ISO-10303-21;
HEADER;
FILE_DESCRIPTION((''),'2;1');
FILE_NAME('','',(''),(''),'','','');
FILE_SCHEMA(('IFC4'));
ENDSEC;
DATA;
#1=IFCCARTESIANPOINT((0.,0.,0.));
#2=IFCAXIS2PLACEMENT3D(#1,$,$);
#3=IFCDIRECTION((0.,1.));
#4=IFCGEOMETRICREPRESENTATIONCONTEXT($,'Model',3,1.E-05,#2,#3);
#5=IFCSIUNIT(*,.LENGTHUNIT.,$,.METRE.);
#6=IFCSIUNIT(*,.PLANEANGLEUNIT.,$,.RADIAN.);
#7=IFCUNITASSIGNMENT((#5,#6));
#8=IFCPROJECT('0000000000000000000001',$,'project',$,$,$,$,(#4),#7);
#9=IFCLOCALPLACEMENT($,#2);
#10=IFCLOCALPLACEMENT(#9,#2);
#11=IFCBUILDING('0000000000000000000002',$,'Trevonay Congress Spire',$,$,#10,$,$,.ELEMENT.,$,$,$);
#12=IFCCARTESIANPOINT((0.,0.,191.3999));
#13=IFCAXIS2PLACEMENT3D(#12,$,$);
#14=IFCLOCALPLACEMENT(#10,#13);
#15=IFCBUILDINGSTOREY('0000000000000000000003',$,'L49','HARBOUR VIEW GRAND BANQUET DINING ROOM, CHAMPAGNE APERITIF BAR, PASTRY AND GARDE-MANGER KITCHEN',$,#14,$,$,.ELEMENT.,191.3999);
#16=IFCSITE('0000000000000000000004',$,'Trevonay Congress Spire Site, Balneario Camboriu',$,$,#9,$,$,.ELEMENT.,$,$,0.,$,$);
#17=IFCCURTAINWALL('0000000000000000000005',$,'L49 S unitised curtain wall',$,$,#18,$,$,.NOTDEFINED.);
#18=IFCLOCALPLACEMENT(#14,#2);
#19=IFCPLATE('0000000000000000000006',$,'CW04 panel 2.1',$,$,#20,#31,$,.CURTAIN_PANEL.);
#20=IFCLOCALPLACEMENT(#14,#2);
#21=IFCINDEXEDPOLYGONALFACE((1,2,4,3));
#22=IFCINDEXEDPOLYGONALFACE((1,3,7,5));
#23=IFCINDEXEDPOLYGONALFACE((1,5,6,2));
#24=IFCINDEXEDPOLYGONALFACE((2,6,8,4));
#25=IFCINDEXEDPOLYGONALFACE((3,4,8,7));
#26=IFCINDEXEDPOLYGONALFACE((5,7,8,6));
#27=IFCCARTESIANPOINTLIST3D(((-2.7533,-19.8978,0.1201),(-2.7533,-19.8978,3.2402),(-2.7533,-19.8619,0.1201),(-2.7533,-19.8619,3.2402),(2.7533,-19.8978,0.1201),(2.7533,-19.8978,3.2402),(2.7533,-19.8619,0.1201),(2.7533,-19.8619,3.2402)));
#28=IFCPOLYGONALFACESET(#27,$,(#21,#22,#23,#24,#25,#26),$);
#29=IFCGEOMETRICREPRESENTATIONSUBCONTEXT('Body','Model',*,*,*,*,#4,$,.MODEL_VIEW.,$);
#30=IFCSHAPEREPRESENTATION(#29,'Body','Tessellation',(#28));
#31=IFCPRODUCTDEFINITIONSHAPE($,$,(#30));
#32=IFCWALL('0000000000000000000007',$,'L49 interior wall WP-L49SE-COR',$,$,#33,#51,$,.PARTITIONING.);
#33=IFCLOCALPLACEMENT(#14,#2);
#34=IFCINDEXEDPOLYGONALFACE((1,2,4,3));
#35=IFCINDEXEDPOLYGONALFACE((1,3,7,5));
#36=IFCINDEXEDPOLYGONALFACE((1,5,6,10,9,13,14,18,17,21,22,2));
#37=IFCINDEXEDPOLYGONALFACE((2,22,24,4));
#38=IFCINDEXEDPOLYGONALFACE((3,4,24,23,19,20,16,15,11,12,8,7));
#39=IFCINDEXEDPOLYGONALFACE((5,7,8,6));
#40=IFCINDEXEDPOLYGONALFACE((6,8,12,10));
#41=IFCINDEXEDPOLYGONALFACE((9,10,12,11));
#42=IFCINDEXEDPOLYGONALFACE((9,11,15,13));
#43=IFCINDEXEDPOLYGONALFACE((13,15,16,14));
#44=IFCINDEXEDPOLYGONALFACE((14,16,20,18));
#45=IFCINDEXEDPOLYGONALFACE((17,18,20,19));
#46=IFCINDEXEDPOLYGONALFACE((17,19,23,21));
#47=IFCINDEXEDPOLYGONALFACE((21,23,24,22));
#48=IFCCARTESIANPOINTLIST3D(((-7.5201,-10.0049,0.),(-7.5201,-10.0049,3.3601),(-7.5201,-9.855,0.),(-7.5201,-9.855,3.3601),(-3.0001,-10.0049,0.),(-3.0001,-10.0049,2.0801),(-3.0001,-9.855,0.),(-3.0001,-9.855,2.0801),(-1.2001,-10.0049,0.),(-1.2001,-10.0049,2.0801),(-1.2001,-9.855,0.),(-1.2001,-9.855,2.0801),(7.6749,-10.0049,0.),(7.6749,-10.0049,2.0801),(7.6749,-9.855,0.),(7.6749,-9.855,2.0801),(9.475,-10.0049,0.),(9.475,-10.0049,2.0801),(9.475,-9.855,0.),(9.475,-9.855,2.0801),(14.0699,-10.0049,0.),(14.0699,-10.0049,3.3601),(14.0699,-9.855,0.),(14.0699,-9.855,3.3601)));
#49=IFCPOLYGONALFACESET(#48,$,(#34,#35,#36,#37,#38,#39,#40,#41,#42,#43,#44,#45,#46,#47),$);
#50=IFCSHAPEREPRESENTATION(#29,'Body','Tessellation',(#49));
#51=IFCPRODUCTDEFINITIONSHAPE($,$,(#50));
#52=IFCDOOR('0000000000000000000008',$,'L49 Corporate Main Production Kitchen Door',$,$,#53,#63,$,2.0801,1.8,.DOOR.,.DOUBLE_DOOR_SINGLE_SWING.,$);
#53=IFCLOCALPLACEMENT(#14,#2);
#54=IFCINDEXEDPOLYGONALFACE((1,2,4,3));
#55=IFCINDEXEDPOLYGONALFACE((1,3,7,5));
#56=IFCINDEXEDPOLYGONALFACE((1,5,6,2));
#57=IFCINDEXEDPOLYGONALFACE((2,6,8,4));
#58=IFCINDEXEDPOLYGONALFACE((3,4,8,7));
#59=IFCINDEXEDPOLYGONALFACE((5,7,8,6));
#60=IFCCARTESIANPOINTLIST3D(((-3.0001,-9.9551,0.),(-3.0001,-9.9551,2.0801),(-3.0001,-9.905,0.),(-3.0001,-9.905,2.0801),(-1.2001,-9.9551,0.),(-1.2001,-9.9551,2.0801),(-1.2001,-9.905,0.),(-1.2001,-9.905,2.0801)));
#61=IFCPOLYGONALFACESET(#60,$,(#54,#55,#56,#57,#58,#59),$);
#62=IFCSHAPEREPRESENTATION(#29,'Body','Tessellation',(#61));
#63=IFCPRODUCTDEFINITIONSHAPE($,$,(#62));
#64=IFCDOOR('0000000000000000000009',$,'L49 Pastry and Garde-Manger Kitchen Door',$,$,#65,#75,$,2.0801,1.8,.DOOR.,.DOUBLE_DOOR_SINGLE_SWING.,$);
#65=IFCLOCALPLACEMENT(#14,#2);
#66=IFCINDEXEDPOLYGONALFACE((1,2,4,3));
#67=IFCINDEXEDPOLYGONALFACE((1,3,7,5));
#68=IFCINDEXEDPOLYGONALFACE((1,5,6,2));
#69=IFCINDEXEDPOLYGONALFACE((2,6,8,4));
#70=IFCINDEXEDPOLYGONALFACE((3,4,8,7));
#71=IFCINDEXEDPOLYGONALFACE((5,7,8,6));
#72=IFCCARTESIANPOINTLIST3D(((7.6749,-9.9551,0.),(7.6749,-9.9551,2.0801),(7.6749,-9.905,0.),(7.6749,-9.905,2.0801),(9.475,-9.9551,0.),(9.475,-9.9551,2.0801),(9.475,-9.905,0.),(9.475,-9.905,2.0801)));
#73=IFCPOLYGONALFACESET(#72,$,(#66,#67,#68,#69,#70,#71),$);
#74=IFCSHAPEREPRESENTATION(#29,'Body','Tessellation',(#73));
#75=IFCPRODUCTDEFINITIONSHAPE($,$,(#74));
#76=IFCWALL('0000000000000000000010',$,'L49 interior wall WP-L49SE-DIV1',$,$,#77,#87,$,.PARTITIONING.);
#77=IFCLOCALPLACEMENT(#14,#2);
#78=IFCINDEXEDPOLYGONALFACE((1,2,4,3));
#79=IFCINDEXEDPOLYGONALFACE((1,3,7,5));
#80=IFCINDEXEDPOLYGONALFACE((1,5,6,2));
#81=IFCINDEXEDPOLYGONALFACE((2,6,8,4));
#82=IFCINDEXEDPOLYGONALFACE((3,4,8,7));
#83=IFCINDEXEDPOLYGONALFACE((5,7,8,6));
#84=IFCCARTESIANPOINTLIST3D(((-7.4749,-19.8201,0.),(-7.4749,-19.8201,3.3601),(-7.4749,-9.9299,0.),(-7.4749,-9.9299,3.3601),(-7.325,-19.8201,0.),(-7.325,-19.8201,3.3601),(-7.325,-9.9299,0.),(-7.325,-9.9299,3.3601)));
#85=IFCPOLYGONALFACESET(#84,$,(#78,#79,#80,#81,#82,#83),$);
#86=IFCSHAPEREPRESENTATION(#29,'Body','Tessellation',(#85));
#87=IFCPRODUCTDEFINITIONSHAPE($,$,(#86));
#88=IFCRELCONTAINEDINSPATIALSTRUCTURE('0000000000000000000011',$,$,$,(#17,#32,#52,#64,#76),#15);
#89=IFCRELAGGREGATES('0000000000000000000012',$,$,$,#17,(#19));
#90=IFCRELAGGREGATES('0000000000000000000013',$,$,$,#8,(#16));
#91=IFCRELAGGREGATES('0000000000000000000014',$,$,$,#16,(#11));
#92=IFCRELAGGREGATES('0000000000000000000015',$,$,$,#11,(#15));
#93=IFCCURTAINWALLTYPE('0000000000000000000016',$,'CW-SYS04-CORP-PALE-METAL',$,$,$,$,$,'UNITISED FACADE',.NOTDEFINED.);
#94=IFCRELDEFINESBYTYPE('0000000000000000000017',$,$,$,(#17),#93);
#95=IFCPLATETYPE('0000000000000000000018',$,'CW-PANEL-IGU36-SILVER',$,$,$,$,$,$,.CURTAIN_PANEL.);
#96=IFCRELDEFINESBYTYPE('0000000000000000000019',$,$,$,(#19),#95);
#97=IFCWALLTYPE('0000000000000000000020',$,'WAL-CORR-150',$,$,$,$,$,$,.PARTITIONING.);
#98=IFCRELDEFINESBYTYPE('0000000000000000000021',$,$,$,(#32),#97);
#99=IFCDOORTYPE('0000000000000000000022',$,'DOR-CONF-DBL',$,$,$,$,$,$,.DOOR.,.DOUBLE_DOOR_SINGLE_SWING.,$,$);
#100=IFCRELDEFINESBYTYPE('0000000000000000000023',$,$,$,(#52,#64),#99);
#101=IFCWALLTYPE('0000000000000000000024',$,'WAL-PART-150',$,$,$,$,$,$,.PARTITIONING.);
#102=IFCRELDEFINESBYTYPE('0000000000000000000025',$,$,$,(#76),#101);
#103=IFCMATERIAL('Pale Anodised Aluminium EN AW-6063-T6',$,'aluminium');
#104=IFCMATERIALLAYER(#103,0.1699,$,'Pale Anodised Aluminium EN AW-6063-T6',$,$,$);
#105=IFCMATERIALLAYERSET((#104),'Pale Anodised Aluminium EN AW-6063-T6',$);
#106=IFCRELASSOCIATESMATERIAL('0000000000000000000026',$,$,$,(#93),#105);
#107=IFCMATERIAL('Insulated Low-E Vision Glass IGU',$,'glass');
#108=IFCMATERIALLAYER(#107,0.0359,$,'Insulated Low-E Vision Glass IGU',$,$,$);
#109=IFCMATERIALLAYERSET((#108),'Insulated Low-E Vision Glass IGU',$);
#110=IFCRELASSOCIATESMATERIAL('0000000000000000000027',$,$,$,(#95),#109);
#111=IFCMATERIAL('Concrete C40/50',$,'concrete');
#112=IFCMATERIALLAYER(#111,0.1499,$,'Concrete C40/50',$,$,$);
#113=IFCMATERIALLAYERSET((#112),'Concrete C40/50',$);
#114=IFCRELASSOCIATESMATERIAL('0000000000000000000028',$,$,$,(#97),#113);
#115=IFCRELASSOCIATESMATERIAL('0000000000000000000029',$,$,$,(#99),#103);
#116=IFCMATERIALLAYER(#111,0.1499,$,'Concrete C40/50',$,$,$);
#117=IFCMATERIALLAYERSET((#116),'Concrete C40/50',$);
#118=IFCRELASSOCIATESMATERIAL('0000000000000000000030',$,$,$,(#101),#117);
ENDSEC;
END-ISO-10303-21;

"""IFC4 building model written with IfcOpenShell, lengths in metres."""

from ifc_helpers import new_model, si_unit, direction, frame, frame_2d, origin, origin_2d, place, context, subcontext, project, spatial, rectangle, extrude, material, layer, layer_set, type_object, element, fill, aggregate, save


model = new_model("IFC4")

# Units and contexts
model_context = context("Model", 3, precision=1e-05, world=origin(), true_north=direction((0.0, 1.0)))
body_context = subcontext(model_context, "Body", "Model", "MODEL_VIEW")
ifc_project = project(units=[si_unit("LENGTHUNIT", "METRE"), si_unit("PLANEANGLEUNIT", "RADIAN")], contexts=[model_context])

# Site, building, storey
site_placement = place(None, origin())
site = spatial("IfcSite", under=ifc_project, at=site_placement, Name="Trevonay Congress Spire Site, Balneario Camboriu", CompositionType="ELEMENT", RefElevation=0.0)
building_placement = place(site_placement, origin())
building = spatial("IfcBuilding", under=site, at=building_placement, Name="Trevonay Congress Spire", CompositionType="ELEMENT")
storey_placement = place(building_placement, frame((0.0, 0.0, 191.3999)))
storey = spatial("IfcBuildingStorey", under=building, at=storey_placement, Name="L49", Description="HARBOUR VIEW GRAND BANQUET DINING ROOM, CHAMPAGNE APERITIF BAR, PASTRY AND GARDE-MANGER KITCHEN", CompositionType="ELEMENT", Elevation=191.3999)

# Curtain wall, plate
ifc_material_1 = material(Name="Pale Anodised Aluminium EN AW-6063-T6", Category="aluminium")
ifc_layer_1 = layer(ifc_material_1, 0.1699, Name="Pale Anodised Aluminium EN AW-6063-T6")
ifc_layer_set_1 = layer_set([ifc_layer_1], Name="Pale Anodised Aluminium EN AW-6063-T6")
curtain_wall_type = type_object("IfcCurtainWallType", Name="CW-SYS04-CORP-PALE-METAL", ElementType="UNITISED FACADE", PredefinedType="NOTDEFINED", material=ifc_layer_set_1)
curtain_wall_placement = place(storey_placement, origin())
curtain_wall = element("IfcCurtainWall", 1, at=curtain_wall_placement, inside=storey, type_object=curtain_wall_type, Name="L49 S unitised curtain wall", PredefinedType="NOTDEFINED")
ifc_material_2 = material(Name="Insulated Low-E Vision Glass IGU", Category="glass")
ifc_layer_2 = layer(ifc_material_2, 0.0359, Name="Insulated Low-E Vision Glass IGU")
ifc_layer_set_2 = layer_set([ifc_layer_2], Name="Insulated Low-E Vision Glass IGU")
plate_type = type_object("IfcPlateType", Name="CW-PANEL-IGU36-SILVER", PredefinedType="CURTAIN_PANEL", material=ifc_layer_set_2)
plate_1_placement = place(storey_placement, frame((0.0, -19.8799, 0.1201), z_axis=(0.0, 0.0, 1.0), x_axis=(1.0, 0.0, 0.0)))
plate_1 = element("IfcPlate", 2, at=plate_1_placement, type_object=plate_type, Name="CW04 panel 2.1", PredefinedType="CURTAIN_PANEL", context=body_context, shape_type="SweptSolid", body=[
    extrude(rectangle(XDim=5.5066, YDim=0.0359, at=origin_2d()), origin(), (0.0, 0.0, 1.0), 3.1201),
])
aggregate(curtain_wall, [plate_1])

# Wall, openings, doors
ifc_material_3 = material(Name="Concrete C40/50", Category="concrete")
ifc_layer_3 = layer(ifc_material_3, 0.1499, Name="Concrete C40/50")
ifc_layer_set_3 = layer_set([ifc_layer_3], Name="Concrete C40/50")
wall_type_1 = type_object("IfcWallType", Name="WAL-CORR-150", PredefinedType="PARTITIONING", material=ifc_layer_set_3)
wall_1_placement = place(storey_placement, frame((-7.52, -9.9299, 0.0), z_axis=(0.0, 0.0, 1.0), x_axis=(1.0, 0.0, 0.0)))
wall_1 = element("IfcWall", 3, at=wall_1_placement, inside=storey, type_object=wall_type_1, Name="L49 interior wall WP-L49SE-COR", PredefinedType="PARTITIONING", context=body_context, shape_type="SweptSolid", body=[
    extrude(rectangle(XDim=21.5901, YDim=0.1499, at=frame_2d((10.7949, 0.0))), origin(), (0.0, 0.0, 1.0), 3.3601),
])
opening_1_placement = place(wall_1_placement, frame((4.52, 0.0, 0.0)))
opening_1 = element("IfcOpeningElement", 4, at=opening_1_placement, cuts=wall_1, PredefinedType="OPENING", context=body_context, shape_type="SweptSolid", body=[
    extrude(rectangle(XDim=1.8, YDim=2.0801, at=frame_2d((0.8999, 1.04))), frame((0.0, 0.085, 0.0), z_axis=(0.0, -1.0, 0.0), x_axis=(1.0, 0.0, 0.0)), (0.0, 0.0, 1.0), 0.1699),
])
opening_2_placement = place(wall_1_placement, frame((15.1951, 0.0, 0.0)))
opening_2 = element("IfcOpeningElement", 5, at=opening_2_placement, cuts=wall_1, PredefinedType="OPENING", context=body_context, shape_type="SweptSolid", body=[
    extrude(rectangle(XDim=1.8, YDim=2.0801, at=frame_2d((0.8999, 1.04))), frame((0.0, 0.085, 0.0), z_axis=(0.0, -1.0, 0.0), x_axis=(1.0, 0.0, 0.0)), (0.0, 0.0, 1.0), 0.1699),
])
door_type = type_object("IfcDoorType", Name="DOR-CONF-DBL", OperationType="DOUBLE_DOOR_SINGLE_SWING", PredefinedType="DOOR", material=ifc_material_1)
door_1_placement = place(opening_1_placement, origin())
door_1 = element("IfcDoor", 6, at=door_1_placement, inside=storey, type_object=door_type, Name="L49 Corporate Main Production Kitchen Door", OperationType="DOUBLE_DOOR_SINGLE_SWING", OverallHeight=2.0801, OverallWidth=1.8, PredefinedType="DOOR", context=body_context, shape_type="SweptSolid", body=[
    extrude(rectangle(XDim=1.8, YDim=2.0801, at=frame_2d((0.8999, 1.04))), frame((0.0, 0.0249, 0.0), z_axis=(0.0, -1.0, 0.0), x_axis=(1.0, 0.0, 0.0)), (0.0, 0.0, 1.0), 0.05),
])
fill(opening_1, door_1)
door_2_placement = place(opening_2_placement, origin())
door_2 = element("IfcDoor", 7, at=door_2_placement, inside=storey, type_object=door_type, Name="L49 Pastry and Garde-Manger Kitchen Door", OperationType="DOUBLE_DOOR_SINGLE_SWING", OverallHeight=2.0801, OverallWidth=1.8, PredefinedType="DOOR", context=body_context, shape_type="SweptSolid", body=[
    extrude(rectangle(XDim=1.8, YDim=2.0801, at=frame_2d((0.8999, 1.04))), frame((0.0, 0.0249, 0.0), z_axis=(0.0, -1.0, 0.0), x_axis=(1.0, 0.0, 0.0)), (0.0, 0.0, 1.0), 0.05),
])
fill(opening_2, door_2)

# Wall
ifc_layer_4 = layer(ifc_material_3, 0.1499, Name="Concrete C40/50")
ifc_layer_set_4 = layer_set([ifc_layer_4], Name="Concrete C40/50")
wall_type_2 = type_object("IfcWallType", Name="WAL-PART-150", PredefinedType="PARTITIONING", material=ifc_layer_set_4)
wall_2_placement = place(storey_placement, frame((-7.3999, -19.8201, 0.0), z_axis=(0.0, 0.0, 1.0), x_axis=(0.0, 1.0, 0.0)))
element("IfcWall", 8, at=wall_2_placement, inside=storey, type_object=wall_type_2, Name="L49 interior wall WP-L49SE-DIV1", PredefinedType="PARTITIONING", context=body_context, shape_type="SweptSolid", body=[
    extrude(rectangle(XDim=9.8901, YDim=0.1499, at=frame_2d((4.9451, 0.0))), origin(), (0.0, 0.0, 1.0), 3.3601),
])

save(model, "model.ifc")
